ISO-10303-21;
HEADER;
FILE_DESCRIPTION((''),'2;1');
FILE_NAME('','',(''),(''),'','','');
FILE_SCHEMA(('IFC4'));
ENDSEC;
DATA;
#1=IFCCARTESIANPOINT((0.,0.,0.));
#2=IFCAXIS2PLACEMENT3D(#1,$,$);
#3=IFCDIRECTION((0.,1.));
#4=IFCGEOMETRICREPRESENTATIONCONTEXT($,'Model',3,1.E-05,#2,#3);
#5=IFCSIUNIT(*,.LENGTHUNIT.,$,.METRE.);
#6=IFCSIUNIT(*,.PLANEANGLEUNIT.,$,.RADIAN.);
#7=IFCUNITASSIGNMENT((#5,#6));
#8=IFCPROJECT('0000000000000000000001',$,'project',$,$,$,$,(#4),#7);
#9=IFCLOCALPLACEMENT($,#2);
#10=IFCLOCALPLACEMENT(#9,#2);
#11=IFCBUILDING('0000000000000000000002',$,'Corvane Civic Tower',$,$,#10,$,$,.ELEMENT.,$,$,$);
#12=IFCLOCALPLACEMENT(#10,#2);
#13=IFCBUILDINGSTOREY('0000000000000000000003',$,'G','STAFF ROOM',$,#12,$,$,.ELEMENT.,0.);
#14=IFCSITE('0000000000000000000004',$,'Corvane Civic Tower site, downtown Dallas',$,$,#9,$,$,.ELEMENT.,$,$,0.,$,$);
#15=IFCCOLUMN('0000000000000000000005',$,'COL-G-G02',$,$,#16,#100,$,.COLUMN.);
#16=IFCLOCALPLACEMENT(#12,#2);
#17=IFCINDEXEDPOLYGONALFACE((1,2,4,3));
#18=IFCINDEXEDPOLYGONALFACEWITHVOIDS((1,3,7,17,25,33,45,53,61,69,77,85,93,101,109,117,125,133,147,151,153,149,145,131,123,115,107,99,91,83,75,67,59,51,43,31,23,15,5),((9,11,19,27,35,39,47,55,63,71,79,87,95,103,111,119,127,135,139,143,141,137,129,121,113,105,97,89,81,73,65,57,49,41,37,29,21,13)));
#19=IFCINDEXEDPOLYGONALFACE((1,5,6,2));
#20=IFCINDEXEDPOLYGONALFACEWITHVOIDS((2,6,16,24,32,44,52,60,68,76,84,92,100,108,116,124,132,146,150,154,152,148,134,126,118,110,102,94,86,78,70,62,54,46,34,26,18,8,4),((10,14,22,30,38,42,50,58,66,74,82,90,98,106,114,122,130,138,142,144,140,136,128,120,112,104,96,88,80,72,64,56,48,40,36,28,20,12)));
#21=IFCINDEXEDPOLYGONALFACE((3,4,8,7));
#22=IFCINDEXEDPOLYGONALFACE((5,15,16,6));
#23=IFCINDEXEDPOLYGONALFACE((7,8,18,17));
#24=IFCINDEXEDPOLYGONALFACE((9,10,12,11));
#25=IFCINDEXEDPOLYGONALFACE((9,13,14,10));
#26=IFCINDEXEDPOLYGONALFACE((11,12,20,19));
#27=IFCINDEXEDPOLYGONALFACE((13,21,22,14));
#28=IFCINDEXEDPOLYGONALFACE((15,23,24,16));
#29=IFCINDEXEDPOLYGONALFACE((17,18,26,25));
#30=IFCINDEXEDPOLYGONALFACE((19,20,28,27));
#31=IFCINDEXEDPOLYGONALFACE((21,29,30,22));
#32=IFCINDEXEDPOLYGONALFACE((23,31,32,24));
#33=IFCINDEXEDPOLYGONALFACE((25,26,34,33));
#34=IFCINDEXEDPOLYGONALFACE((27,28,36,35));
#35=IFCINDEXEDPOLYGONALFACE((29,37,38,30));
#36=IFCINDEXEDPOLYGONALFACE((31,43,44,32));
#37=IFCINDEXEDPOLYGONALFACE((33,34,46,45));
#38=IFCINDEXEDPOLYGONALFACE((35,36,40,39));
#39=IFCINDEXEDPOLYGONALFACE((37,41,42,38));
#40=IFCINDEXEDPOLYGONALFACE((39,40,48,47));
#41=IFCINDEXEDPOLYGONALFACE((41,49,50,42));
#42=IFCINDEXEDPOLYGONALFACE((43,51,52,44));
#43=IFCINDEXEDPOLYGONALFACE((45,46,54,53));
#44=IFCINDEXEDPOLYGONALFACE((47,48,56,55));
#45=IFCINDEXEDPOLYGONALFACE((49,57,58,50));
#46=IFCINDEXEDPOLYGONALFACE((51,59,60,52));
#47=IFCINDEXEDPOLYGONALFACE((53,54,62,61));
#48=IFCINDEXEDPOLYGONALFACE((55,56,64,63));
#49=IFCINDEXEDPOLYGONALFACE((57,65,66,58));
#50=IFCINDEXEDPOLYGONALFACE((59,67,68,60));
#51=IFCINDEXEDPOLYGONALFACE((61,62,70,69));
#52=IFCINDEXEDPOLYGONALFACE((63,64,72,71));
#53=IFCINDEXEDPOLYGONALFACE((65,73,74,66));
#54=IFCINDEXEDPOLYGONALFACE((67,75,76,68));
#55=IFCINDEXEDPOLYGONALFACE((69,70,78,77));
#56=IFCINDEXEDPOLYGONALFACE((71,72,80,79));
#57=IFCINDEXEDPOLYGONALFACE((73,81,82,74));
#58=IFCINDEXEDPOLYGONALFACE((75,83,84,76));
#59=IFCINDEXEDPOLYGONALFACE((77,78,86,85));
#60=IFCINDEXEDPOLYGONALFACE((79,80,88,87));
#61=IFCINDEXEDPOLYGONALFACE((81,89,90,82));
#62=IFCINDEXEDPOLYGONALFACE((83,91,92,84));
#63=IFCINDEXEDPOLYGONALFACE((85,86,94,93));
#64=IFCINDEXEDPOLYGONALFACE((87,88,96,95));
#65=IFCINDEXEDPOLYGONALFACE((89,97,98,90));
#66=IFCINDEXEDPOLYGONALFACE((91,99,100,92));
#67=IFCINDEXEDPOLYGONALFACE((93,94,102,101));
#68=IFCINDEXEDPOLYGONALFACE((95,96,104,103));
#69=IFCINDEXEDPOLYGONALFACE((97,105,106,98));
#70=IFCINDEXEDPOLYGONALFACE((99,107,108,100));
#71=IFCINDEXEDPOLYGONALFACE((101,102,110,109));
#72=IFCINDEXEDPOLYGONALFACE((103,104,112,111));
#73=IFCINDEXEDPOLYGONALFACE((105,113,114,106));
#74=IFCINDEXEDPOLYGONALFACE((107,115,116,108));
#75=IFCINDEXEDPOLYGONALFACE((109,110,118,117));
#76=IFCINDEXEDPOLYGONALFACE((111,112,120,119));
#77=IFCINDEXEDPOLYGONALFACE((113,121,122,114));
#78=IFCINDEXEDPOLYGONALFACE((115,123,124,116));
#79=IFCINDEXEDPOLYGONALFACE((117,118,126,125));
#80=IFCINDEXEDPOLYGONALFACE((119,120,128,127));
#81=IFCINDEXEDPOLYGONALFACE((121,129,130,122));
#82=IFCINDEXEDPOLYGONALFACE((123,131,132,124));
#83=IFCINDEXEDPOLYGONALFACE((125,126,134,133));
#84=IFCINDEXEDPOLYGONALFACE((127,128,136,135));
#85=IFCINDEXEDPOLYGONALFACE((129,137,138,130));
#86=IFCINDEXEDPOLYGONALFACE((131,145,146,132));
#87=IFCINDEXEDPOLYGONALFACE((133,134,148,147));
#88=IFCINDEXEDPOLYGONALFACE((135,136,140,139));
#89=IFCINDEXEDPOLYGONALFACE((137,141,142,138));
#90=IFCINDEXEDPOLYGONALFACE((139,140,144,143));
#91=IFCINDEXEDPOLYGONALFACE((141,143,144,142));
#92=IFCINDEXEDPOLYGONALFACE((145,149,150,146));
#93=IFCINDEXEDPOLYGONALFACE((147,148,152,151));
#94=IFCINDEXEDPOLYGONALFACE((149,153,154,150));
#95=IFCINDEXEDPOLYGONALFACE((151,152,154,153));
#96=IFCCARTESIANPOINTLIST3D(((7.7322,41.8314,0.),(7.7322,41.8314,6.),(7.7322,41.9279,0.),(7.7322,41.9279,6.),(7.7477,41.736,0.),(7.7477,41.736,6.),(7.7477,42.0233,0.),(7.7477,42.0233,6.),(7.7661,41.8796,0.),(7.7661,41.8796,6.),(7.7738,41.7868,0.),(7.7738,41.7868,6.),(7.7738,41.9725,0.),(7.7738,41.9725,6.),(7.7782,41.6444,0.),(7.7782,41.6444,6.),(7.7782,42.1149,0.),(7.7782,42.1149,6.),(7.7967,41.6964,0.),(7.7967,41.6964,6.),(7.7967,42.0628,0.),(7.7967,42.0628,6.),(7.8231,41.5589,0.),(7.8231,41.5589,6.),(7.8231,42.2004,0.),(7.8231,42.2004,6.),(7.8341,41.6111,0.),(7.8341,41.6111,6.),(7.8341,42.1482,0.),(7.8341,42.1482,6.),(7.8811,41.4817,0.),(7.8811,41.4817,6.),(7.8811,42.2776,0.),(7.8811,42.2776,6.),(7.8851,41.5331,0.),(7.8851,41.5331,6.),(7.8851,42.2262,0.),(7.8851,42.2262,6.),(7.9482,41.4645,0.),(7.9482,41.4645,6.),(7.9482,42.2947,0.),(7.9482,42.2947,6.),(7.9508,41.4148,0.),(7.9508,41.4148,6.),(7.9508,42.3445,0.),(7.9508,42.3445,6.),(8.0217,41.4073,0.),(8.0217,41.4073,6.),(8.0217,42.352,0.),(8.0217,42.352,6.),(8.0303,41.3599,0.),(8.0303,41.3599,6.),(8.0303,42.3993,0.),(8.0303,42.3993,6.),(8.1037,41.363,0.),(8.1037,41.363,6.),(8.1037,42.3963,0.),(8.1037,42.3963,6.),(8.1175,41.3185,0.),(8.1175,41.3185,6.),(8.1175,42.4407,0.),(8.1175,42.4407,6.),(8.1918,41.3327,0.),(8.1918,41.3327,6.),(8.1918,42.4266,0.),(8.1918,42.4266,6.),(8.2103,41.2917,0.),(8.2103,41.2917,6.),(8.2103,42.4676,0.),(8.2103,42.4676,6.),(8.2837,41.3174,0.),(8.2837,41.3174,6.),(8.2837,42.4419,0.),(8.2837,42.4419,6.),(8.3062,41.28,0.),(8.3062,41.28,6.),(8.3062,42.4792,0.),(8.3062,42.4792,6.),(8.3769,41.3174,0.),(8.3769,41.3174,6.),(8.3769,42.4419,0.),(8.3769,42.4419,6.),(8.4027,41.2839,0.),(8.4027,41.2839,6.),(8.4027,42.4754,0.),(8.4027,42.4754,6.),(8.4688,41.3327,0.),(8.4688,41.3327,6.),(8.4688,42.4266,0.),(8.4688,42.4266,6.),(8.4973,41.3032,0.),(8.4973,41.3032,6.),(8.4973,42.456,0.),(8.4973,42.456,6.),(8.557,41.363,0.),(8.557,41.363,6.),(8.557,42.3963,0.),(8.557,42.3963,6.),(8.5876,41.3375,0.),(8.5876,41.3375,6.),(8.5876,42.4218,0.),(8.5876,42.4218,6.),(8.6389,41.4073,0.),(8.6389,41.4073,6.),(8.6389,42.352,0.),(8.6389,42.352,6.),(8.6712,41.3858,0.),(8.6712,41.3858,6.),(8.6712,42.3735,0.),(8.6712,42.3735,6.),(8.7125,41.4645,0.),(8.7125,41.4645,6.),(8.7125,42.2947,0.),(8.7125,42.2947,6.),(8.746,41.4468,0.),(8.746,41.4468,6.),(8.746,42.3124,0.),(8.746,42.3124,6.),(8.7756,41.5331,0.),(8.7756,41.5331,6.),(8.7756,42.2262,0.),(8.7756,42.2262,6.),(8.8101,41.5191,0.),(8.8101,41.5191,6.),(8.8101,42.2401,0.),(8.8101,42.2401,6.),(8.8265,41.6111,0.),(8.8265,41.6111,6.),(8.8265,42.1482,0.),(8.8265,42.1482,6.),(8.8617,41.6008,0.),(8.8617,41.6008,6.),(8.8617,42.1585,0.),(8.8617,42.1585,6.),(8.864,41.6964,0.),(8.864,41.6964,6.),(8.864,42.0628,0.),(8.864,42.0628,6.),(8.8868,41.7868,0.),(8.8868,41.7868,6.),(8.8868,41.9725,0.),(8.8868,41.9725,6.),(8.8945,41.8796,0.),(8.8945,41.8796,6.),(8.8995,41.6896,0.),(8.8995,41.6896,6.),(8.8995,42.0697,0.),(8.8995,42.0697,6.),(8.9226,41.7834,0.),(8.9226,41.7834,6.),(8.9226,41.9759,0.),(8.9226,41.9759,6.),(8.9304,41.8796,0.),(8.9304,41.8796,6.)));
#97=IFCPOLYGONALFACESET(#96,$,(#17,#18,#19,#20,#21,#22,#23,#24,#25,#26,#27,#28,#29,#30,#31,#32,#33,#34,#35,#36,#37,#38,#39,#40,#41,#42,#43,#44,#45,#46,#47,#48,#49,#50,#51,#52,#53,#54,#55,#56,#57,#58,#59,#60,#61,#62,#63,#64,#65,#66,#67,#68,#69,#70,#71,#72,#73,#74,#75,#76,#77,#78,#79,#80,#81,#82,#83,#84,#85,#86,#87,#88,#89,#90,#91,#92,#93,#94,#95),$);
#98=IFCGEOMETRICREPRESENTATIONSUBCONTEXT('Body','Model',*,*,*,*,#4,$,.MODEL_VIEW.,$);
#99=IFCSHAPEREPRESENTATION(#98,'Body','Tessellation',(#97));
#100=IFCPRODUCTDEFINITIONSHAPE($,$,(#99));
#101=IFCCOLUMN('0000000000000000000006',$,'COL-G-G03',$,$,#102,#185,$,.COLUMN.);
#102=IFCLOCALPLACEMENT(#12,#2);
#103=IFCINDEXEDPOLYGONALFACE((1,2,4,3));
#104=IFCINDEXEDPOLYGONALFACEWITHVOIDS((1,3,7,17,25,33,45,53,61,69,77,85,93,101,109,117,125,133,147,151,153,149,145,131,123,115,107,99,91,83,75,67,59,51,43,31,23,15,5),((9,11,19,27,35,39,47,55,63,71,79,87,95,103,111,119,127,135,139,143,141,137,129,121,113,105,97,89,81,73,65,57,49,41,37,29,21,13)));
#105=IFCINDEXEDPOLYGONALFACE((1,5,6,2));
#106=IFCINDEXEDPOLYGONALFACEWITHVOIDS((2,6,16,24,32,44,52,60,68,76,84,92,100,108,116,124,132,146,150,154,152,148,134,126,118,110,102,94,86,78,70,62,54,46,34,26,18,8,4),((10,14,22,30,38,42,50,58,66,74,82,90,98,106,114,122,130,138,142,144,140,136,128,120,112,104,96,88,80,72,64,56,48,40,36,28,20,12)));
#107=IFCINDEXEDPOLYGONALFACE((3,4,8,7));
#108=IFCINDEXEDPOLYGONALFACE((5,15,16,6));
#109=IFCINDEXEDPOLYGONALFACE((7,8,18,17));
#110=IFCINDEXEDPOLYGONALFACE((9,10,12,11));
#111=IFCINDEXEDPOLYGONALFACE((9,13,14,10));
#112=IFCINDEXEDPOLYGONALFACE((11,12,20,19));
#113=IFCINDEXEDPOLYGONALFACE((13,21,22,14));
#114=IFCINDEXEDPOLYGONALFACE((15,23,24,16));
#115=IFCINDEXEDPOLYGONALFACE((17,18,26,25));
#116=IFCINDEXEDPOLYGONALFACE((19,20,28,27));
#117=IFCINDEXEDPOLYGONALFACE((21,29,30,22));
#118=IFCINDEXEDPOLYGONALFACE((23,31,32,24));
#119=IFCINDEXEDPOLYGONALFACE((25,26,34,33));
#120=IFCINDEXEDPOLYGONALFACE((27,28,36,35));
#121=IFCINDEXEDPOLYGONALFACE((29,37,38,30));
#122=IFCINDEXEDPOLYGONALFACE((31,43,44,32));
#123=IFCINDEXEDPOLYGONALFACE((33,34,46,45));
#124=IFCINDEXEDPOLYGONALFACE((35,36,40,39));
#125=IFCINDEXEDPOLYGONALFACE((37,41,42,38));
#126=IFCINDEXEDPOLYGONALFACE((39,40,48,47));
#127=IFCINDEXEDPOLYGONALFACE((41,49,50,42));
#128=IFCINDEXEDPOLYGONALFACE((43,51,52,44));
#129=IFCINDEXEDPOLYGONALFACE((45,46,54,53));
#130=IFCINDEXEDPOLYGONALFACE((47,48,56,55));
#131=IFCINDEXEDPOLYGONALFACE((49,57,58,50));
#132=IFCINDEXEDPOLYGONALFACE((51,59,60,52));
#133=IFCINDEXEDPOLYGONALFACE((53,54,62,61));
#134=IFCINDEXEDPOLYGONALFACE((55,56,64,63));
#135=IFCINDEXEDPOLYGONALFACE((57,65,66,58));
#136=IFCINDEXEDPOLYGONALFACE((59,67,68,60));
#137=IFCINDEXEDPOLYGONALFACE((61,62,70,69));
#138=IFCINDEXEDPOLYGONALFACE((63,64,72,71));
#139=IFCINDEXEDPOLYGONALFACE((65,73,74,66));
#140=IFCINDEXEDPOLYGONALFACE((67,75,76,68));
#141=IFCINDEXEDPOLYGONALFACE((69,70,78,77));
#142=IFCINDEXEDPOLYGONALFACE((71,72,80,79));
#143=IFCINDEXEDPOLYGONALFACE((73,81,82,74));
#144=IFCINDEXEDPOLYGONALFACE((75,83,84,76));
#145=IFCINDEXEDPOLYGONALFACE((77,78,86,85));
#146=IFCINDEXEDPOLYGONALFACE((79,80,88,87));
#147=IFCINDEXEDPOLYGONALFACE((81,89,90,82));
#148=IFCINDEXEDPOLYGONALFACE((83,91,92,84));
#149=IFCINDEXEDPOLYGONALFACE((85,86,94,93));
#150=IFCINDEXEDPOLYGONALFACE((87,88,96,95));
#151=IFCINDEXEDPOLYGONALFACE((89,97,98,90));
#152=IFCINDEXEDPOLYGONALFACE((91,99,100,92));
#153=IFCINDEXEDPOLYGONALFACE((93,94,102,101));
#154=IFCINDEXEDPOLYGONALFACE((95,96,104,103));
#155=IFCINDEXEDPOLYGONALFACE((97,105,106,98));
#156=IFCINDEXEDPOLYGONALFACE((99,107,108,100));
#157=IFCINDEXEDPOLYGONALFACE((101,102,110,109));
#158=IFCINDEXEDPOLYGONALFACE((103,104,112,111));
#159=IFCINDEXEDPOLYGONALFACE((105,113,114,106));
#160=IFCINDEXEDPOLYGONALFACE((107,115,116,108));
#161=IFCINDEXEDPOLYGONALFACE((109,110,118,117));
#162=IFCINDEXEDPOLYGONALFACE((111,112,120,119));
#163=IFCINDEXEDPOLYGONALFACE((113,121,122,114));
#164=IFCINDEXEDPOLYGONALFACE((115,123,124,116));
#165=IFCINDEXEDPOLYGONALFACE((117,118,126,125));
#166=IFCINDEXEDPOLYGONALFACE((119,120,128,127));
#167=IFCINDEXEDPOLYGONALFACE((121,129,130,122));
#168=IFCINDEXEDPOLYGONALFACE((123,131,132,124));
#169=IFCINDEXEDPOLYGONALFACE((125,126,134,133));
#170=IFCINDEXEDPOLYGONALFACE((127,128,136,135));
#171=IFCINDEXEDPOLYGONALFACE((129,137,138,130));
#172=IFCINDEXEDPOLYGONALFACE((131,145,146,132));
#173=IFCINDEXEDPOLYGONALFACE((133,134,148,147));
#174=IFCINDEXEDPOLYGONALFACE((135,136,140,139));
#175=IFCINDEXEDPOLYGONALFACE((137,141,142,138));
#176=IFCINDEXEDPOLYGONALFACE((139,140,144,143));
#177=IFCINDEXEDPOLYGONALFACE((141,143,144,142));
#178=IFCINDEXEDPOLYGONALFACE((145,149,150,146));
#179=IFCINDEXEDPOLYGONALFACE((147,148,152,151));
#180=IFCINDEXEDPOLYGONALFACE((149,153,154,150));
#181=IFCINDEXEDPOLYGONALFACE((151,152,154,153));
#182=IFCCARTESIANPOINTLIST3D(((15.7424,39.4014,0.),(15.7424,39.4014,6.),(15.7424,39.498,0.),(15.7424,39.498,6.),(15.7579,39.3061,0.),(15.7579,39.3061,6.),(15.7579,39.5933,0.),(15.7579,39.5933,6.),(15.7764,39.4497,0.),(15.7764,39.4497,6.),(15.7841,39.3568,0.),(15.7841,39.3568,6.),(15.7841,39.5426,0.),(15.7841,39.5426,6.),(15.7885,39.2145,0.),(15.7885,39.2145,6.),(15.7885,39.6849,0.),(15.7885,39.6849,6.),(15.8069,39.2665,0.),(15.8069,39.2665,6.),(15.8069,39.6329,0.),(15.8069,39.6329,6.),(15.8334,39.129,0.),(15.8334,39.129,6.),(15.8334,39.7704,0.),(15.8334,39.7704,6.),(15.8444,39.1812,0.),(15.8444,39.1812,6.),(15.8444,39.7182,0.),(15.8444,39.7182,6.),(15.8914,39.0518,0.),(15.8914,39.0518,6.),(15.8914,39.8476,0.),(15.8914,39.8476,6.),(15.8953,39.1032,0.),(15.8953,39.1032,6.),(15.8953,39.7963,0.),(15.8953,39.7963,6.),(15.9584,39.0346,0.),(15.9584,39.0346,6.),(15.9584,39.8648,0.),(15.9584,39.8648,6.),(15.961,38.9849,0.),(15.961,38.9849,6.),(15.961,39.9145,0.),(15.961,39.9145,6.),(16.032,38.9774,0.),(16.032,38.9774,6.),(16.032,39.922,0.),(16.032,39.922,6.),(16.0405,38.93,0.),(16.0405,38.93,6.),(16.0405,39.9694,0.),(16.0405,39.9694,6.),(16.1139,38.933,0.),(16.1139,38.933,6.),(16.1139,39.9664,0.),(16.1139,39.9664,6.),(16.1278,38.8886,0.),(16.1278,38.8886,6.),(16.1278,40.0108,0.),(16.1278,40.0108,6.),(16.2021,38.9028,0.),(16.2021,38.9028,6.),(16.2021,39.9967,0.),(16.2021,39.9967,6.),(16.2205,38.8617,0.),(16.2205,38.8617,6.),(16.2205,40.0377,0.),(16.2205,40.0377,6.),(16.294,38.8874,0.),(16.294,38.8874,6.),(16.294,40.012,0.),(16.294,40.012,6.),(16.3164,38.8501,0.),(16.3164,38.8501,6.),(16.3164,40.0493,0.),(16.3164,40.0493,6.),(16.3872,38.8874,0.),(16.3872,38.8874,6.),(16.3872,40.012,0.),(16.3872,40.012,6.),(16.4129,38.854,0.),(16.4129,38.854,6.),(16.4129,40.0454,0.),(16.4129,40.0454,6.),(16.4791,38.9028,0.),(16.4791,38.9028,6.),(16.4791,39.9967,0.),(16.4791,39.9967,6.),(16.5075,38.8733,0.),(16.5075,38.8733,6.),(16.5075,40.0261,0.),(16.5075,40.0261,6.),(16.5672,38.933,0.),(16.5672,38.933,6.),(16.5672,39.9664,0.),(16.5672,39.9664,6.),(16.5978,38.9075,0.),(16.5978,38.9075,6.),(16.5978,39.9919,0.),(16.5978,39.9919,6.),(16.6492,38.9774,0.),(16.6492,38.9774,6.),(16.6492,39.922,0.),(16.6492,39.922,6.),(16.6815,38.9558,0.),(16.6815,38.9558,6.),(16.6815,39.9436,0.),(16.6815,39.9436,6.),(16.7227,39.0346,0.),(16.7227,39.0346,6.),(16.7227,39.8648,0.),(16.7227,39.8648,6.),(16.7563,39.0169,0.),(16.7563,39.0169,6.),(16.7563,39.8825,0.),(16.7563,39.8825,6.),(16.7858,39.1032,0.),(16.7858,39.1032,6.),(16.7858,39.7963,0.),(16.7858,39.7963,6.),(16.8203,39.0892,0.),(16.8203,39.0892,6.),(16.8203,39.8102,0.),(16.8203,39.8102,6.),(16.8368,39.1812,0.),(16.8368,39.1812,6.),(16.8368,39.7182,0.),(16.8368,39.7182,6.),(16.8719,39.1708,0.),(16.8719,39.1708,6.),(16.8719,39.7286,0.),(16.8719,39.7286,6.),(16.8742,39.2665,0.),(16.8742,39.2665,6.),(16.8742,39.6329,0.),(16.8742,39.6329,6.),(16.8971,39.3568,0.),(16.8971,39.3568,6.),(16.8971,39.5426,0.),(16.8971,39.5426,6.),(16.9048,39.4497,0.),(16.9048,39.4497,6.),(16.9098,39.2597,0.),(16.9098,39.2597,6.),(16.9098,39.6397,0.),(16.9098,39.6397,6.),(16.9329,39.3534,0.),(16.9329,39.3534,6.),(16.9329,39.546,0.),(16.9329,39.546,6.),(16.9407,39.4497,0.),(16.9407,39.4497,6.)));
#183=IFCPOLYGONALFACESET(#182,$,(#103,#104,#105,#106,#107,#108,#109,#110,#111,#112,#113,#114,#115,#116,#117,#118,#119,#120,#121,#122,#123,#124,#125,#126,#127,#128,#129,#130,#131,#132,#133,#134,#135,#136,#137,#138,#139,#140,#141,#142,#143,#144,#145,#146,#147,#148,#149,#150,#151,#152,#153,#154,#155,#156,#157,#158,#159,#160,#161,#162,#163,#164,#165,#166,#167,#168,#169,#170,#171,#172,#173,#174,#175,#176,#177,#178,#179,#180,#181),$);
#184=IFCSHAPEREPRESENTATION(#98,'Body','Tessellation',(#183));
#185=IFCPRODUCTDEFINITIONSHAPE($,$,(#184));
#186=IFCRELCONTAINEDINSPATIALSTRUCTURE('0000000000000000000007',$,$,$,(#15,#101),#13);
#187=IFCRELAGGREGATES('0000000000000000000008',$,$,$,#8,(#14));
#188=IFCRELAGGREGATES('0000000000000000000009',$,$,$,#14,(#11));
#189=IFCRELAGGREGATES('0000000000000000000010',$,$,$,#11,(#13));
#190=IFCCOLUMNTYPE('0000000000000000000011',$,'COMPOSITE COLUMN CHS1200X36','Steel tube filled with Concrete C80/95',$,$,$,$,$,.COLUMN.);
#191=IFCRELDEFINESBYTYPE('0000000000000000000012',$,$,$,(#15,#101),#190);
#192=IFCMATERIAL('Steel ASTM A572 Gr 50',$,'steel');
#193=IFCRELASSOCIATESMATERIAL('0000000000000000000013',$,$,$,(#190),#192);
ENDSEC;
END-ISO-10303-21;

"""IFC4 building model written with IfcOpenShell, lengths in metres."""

from ifc_helpers import new_model, si_unit, direction, frame, origin, origin_2d, place, context, subcontext, project, spatial, hollow_circle, extrude, material, material_profile, profile_set, type_object, element, save


model = new_model("IFC4")

# Units and contexts
model_context = context("Model", 3, precision=1e-05, world=origin(), true_north=direction((0.0, 1.0)))
body_context = subcontext(model_context, "Body", "Model", "MODEL_VIEW")
ifc_project = project(units=[si_unit("LENGTHUNIT", "METRE"), si_unit("PLANEANGLEUNIT", "RADIAN")], contexts=[model_context])

# Site, building, storey
site_placement = place(None, origin())
site = spatial("IfcSite", under=ifc_project, at=site_placement, Name="Corvane Civic Tower site, downtown Dallas", CompositionType="ELEMENT", RefElevation=0.0)
building_placement = place(site_placement, origin())
building = spatial("IfcBuilding", under=site, at=building_placement, Name="Corvane Civic Tower", CompositionType="ELEMENT")
storey_placement = place(building_placement, origin())
storey = spatial("IfcBuildingStorey", under=building, at=storey_placement, Name="G", Description="STAFF ROOM", CompositionType="ELEMENT", Elevation=0.0)

# Columns
ifc_material_1 = material(Name="Steel ASTM A572 Gr 50", Category="steel")
ifc_material_profile_1 = material_profile(ifc_material_1, hollow_circle(Radius=0.6001, WallThickness=0.0359, at=origin_2d()), Name="CHS1200X36")
ifc_profile_set_1 = profile_set([ifc_material_profile_1], Name="Steel ASTM A572 Gr 50")
column_type_1 = type_object("IfcColumnType", Name="COMPOSITE COLUMN CHS1200X36", Description="Steel tube filled with Concrete C80/95", PredefinedType="COLUMN", material=ifc_profile_set_1)
for number, where, z_axis, x_axis, name in (
    (1, (8.3303, 41.8796, 0.0), (0.0, 0.0, 1.0), (1.0, 0.0, 0.0), "COL-G-G02"),
    (2, (16.3406, 39.4497, 0.0), (0.0, 0.0, 1.0), (1.0, 0.0, 0.0), "COL-G-G03"),
):
    element("IfcColumn", number, at=place(storey_placement, frame(where, z_axis=z_axis, x_axis=x_axis)), inside=storey, type_object=column_type_1, Name=name, PredefinedType="COLUMN", context=body_context, shape_type="SweptSolid", body=[
        extrude(hollow_circle(Radius=0.6001, WallThickness=0.0359, at=origin_2d()), origin(), (0.0, 0.0, 1.0), 6.0),
    ])

save(model, "model.ifc")
